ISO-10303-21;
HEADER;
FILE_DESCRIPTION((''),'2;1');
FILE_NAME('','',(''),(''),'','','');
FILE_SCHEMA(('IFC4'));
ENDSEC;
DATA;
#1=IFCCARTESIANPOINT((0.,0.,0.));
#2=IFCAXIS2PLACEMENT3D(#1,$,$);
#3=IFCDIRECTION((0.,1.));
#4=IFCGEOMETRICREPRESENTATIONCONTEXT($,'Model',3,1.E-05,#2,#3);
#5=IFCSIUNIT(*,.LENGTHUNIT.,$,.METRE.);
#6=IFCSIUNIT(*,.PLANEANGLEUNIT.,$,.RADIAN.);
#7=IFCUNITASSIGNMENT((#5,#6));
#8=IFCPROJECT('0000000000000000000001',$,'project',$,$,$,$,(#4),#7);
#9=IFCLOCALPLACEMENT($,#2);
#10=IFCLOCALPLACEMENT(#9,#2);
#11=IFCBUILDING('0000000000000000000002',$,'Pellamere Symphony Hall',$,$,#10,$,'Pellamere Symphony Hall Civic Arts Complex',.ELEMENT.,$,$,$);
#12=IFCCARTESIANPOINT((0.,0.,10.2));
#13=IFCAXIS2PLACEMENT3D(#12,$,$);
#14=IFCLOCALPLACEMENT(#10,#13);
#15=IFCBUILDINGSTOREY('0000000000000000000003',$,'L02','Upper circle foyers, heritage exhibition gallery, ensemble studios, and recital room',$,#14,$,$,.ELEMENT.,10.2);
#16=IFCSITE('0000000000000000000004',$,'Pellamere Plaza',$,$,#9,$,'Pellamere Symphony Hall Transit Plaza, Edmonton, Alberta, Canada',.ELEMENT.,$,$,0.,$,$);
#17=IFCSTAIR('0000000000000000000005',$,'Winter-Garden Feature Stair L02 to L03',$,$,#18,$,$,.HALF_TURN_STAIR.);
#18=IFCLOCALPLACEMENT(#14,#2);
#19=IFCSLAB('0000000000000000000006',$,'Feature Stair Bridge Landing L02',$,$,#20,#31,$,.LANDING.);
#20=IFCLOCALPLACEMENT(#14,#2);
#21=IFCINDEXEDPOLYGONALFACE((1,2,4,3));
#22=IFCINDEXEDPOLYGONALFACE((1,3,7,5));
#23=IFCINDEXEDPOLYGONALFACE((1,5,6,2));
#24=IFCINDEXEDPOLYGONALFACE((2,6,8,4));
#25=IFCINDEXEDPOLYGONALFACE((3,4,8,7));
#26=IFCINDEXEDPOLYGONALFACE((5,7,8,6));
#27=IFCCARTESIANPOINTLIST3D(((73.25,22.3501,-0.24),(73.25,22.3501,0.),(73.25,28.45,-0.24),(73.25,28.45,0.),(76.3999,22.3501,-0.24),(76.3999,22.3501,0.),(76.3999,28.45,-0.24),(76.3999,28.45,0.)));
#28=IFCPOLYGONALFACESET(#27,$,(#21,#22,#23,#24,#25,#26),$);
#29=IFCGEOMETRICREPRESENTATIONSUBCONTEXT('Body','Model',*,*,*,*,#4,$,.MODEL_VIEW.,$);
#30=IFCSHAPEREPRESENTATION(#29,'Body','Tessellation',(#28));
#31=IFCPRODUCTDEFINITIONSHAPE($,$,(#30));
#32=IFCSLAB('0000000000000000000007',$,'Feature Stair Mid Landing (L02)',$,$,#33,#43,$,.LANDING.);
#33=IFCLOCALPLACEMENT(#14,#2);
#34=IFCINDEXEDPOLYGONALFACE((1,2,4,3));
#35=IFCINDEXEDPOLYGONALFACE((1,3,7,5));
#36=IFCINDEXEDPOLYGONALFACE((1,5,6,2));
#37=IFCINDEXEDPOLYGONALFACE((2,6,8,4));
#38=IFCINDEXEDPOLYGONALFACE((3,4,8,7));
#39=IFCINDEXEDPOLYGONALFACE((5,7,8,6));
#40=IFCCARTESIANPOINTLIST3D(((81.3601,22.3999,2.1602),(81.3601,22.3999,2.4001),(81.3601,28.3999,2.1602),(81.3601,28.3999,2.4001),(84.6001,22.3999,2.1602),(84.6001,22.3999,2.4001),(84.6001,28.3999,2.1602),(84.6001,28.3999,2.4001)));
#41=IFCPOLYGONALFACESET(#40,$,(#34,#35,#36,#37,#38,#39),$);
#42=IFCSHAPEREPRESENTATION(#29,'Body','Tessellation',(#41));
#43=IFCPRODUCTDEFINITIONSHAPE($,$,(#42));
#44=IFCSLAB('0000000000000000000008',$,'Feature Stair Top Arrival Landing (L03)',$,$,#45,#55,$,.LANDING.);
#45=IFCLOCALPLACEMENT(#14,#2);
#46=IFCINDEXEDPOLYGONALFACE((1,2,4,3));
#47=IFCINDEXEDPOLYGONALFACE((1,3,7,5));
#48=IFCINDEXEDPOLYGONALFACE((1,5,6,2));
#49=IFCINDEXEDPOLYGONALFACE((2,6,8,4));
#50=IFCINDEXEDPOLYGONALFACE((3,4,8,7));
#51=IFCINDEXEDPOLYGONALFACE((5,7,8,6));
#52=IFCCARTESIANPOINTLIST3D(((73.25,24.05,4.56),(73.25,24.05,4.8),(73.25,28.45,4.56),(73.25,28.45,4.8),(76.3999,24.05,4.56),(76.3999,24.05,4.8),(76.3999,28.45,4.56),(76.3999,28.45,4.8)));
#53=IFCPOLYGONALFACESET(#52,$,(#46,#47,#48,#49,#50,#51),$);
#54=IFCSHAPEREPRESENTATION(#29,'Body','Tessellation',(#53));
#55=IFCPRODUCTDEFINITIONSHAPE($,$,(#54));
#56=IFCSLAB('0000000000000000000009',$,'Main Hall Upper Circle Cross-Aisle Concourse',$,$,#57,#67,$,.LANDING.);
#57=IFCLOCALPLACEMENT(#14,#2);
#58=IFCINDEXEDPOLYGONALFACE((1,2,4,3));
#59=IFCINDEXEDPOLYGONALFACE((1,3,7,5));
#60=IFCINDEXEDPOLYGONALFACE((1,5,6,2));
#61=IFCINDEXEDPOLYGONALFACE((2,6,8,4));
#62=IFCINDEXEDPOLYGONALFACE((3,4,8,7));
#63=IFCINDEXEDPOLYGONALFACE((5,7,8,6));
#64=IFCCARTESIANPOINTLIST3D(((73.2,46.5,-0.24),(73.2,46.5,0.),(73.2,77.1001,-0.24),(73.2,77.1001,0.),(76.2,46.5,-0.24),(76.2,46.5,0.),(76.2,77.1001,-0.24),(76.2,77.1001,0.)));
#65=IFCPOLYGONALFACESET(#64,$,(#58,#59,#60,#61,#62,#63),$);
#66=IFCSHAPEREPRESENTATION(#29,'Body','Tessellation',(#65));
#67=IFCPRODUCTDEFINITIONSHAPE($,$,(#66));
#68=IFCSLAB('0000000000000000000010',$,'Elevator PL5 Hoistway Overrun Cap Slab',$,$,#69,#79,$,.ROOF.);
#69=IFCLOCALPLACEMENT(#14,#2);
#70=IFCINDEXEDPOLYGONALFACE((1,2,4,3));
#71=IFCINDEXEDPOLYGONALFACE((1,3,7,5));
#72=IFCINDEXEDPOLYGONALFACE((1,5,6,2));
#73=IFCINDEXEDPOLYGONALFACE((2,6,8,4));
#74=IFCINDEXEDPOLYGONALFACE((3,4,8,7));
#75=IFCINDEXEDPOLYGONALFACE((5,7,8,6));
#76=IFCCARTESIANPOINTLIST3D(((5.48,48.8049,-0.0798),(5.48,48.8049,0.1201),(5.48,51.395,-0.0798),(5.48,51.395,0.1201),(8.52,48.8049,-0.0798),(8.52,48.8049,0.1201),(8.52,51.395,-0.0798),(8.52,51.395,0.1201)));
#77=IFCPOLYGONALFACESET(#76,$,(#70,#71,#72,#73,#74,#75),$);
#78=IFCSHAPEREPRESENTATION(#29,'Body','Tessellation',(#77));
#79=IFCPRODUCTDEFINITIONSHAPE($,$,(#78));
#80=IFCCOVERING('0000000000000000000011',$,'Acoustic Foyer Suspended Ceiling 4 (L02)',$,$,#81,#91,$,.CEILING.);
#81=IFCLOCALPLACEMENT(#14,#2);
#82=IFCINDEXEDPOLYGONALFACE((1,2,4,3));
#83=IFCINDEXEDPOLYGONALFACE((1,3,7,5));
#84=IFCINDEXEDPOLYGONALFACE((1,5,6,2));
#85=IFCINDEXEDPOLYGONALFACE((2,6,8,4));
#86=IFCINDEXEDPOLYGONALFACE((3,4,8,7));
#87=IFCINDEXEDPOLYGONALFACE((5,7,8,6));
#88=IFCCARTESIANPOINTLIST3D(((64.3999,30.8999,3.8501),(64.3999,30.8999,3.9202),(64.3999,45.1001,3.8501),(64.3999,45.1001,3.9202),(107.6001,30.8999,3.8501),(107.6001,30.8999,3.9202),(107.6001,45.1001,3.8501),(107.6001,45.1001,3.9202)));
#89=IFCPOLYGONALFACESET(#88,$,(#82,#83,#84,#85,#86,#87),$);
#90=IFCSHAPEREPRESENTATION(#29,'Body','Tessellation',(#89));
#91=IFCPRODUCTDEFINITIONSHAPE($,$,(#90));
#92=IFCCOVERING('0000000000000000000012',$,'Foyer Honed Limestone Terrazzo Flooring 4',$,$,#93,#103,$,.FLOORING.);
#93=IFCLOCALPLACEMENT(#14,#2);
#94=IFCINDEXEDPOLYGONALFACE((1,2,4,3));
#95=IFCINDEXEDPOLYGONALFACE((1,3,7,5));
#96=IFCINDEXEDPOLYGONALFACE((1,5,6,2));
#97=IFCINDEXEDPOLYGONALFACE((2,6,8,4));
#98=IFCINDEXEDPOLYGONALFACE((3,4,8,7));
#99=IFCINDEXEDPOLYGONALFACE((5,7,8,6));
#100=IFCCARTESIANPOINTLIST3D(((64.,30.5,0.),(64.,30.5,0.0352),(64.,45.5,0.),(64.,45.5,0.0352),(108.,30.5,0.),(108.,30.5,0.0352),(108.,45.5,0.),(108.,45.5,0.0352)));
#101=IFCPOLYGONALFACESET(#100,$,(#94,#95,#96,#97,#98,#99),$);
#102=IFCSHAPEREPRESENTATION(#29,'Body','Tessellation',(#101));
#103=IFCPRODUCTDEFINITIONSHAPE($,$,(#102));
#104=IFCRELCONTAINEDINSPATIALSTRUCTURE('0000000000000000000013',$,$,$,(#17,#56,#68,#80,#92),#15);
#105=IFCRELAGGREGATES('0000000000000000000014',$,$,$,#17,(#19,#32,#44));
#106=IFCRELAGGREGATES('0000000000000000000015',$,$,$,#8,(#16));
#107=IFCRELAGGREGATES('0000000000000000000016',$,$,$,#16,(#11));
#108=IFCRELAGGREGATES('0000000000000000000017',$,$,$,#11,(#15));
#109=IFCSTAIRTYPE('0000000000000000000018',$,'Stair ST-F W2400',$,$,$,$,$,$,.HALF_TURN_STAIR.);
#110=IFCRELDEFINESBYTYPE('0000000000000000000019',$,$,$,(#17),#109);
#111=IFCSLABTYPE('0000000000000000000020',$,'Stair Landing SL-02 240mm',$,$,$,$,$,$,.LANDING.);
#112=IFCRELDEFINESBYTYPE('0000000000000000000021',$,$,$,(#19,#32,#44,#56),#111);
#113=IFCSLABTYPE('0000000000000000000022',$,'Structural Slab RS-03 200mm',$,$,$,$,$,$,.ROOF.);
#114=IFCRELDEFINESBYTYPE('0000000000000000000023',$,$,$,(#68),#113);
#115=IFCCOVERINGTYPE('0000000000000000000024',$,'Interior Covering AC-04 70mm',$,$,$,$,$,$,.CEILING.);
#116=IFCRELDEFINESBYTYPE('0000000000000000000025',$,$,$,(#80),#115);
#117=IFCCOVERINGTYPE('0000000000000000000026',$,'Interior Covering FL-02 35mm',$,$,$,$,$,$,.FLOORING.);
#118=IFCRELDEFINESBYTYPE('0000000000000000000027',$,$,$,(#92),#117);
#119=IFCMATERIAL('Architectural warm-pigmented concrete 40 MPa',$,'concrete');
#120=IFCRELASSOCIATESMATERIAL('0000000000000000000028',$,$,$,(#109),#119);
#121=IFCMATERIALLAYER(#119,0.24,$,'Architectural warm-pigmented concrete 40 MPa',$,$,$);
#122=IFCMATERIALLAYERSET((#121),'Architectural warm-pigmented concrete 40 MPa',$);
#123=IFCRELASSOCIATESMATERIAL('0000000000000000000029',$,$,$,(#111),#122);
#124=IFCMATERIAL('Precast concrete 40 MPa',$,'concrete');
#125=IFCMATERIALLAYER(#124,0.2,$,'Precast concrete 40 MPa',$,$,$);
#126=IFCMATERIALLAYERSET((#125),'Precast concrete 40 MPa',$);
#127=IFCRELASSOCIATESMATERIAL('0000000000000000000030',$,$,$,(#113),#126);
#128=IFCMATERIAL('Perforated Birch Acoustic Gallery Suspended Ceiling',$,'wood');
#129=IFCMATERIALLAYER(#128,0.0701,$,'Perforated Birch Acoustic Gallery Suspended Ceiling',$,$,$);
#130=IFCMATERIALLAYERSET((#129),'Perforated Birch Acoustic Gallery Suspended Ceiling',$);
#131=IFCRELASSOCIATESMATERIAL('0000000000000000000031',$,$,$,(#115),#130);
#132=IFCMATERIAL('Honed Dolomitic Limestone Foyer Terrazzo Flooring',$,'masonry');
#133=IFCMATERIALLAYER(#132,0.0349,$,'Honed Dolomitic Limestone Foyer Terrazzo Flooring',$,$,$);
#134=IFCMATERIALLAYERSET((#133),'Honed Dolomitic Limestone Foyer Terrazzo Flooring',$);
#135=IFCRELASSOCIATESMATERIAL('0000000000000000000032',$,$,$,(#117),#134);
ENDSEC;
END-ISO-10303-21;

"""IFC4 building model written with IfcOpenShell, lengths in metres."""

from ifc_helpers import new_model, si_unit, direction, frame, origin, place, context, subcontext, project, spatial, polyline, outline, extrude, material, layer, layer_set, type_object, element, aggregate, save


model = new_model("IFC4")

# Units and contexts
model_context = context("Model", 3, precision=1e-05, world=origin(), true_north=direction((0.0, 1.0)))
body_context = subcontext(model_context, "Body", "Model", "MODEL_VIEW")
ifc_project = project(units=[si_unit("LENGTHUNIT", "METRE"), si_unit("PLANEANGLEUNIT", "RADIAN")], contexts=[model_context])

# Site, building, storey
site_placement = place(None, origin())
site = spatial("IfcSite", under=ifc_project, at=site_placement, Name="Pellamere Plaza", LongName="Pellamere Symphony Hall Transit Plaza, Edmonton, Alberta, Canada", CompositionType="ELEMENT", RefElevation=0.0)
building_placement = place(site_placement, origin())
building = spatial("IfcBuilding", under=site, at=building_placement, Name="Pellamere Symphony Hall", LongName="Pellamere Symphony Hall Civic Arts Complex", CompositionType="ELEMENT")
storey_placement = place(building_placement, frame((0.0, 0.0, 10.2)))
storey = spatial("IfcBuildingStorey", under=building, at=storey_placement, Name="L02", Description="Upper circle foyers, heritage exhibition gallery, ensemble studios, and recital room", CompositionType="ELEMENT", Elevation=10.2)

# Stair, slabs
ifc_material_1 = material(Name="Architectural warm-pigmented concrete 40 MPa", Category="concrete")
stair_type_1 = type_object("IfcStairType", Name="Stair ST-F W2400", PredefinedType="HALF_TURN_STAIR", material=ifc_material_1)
stair_1_placement = place(storey_placement, origin())
stair_1 = element("IfcStair", 1, at=stair_1_placement, inside=storey, type_object=stair_type_1, Name="Winter-Garden Feature Stair L02 to L03", PredefinedType="HALF_TURN_STAIR")
ifc_layer_1 = layer(ifc_material_1, 0.24, Name="Architectural warm-pigmented concrete 40 MPa")
ifc_layer_set_1 = layer_set([ifc_layer_1], Name="Architectural warm-pigmented concrete 40 MPa")
slab_type_1 = type_object("IfcSlabType", Name="Stair Landing SL-02 240mm", PredefinedType="LANDING", material=ifc_layer_set_1)
slab_1_placement = place(storey_placement, frame((0.0, 0.0, -0.24)))
slab_1 = element("IfcSlab", 2, at=slab_1_placement, type_object=slab_type_1, Name="Feature Stair Bridge Landing L02", PredefinedType="LANDING", context=body_context, shape_type="SweptSolid", body=[
    extrude(outline(polyline([(73.25, 22.3501), (76.3999, 22.3501), (76.3999, 28.45), (73.25, 28.45), (73.25, 22.3501)])), origin(), (0.0, 0.0, 1.0), 0.24),
])
slab_2_placement = place(storey_placement, frame((0.0, 0.0, 2.1602)))
slab_2 = element("IfcSlab", 3, at=slab_2_placement, type_object=slab_type_1, Name="Feature Stair Mid Landing (L02)", PredefinedType="LANDING", context=body_context, shape_type="SweptSolid", body=[
    extrude(outline(polyline([(81.3601, 22.3999), (84.6001, 22.3999), (84.6001, 28.3999), (81.3601, 28.3999), (81.3601, 22.3999)])), origin(), (0.0, 0.0, 1.0), 0.24),
])
placement = place(building_placement, frame((0.0, 0.0, 15.0)))
slab_3_placement = place(placement, frame((0.0, 0.0, -0.24)))
slab_3 = element("IfcSlab", 4, at=slab_3_placement, type_object=slab_type_1, Name="Feature Stair Top Arrival Landing (L03)", PredefinedType="LANDING", context=body_context, shape_type="SweptSolid", body=[
    extrude(outline(polyline([(73.25, 24.05), (76.3999, 24.05), (76.3999, 28.45), (73.25, 28.45), (73.25, 24.05)])), origin(), (0.0, 0.0, 1.0), 0.24),
])
aggregate(stair_1, [slab_1, slab_2, slab_3])

# Slabs
slab_4_placement = place(storey_placement, frame((0.0, 0.0, -0.24)))
element("IfcSlab", 5, at=slab_4_placement, inside=storey, type_object=slab_type_1, Name="Main Hall Upper Circle Cross-Aisle Concourse", PredefinedType="LANDING", context=body_context, shape_type="SweptSolid", body=[
    extrude(outline(polyline([(73.2, 46.5), (76.2, 46.5), (76.2, 77.1001), (73.2, 77.1001), (73.2, 46.5)])), origin(), (0.0, 0.0, 1.0), 0.24),
])
ifc_material_2 = material(Name="Precast concrete 40 MPa", Category="concrete")
ifc_layer_2 = layer(ifc_material_2, 0.2, Name="Precast concrete 40 MPa")
ifc_layer_set_2 = layer_set([ifc_layer_2], Name="Precast concrete 40 MPa")
slab_type_2 = type_object("IfcSlabType", Name="Structural Slab RS-03 200mm", PredefinedType="ROOF", material=ifc_layer_set_2)
slab_5_placement = place(storey_placement, frame((0.0, 0.0, -0.0798)))
element("IfcSlab", 6, at=slab_5_placement, inside=storey, type_object=slab_type_2, Name="Elevator PL5 Hoistway Overrun Cap Slab", PredefinedType="ROOF", context=body_context, shape_type="SweptSolid", body=[
    extrude(outline(polyline([(5.48, 48.8049), (8.52, 48.8049), (8.52, 51.395), (5.48, 51.395), (5.48, 48.8049)])), origin(), (0.0, 0.0, 1.0), 0.2),
])

# Coverings
ifc_material_3 = material(Name="Perforated Birch Acoustic Gallery Suspended Ceiling", Category="wood")
ifc_layer_3 = layer(ifc_material_3, 0.0701, Name="Perforated Birch Acoustic Gallery Suspended Ceiling")
ifc_layer_set_3 = layer_set([ifc_layer_3], Name="Perforated Birch Acoustic Gallery Suspended Ceiling")
covering_type_1 = type_object("IfcCoveringType", Name="Interior Covering AC-04 70mm", PredefinedType="CEILING", material=ifc_layer_set_3)
covering_1_placement = place(storey_placement, frame((0.0, 0.0, 3.8501)))
element("IfcCovering", 7, at=covering_1_placement, inside=storey, type_object=covering_type_1, Name="Acoustic Foyer Suspended Ceiling 4 (L02)", PredefinedType="CEILING", context=body_context, shape_type="SweptSolid", body=[
    extrude(outline(polyline([(64.3999, 30.8999), (107.6001, 30.8999), (107.6001, 45.1001), (64.3999, 45.1001), (64.3999, 30.8999)])), origin(), (0.0, 0.0, 1.0), 0.0701),
])
ifc_material_4 = material(Name="Honed Dolomitic Limestone Foyer Terrazzo Flooring", Category="masonry")
ifc_layer_4 = layer(ifc_material_4, 0.0349, Name="Honed Dolomitic Limestone Foyer Terrazzo Flooring")
ifc_layer_set_4 = layer_set([ifc_layer_4], Name="Honed Dolomitic Limestone Foyer Terrazzo Flooring")
covering_type_2 = type_object("IfcCoveringType", Name="Interior Covering FL-02 35mm", PredefinedType="FLOORING", material=ifc_layer_set_4)
covering_2_placement = place(storey_placement, origin())
element("IfcCovering", 8, at=covering_2_placement, inside=storey, type_object=covering_type_2, Name="Foyer Honed Limestone Terrazzo Flooring 4", PredefinedType="FLOORING", context=body_context, shape_type="SweptSolid", body=[
    extrude(outline(polyline([(64.0, 30.5), (108.0, 30.5), (108.0, 45.5), (64.0, 45.5), (64.0, 30.5)])), origin(), (0.0, 0.0, 1.0), 0.0352),
])

save(model, "model.ifc")
